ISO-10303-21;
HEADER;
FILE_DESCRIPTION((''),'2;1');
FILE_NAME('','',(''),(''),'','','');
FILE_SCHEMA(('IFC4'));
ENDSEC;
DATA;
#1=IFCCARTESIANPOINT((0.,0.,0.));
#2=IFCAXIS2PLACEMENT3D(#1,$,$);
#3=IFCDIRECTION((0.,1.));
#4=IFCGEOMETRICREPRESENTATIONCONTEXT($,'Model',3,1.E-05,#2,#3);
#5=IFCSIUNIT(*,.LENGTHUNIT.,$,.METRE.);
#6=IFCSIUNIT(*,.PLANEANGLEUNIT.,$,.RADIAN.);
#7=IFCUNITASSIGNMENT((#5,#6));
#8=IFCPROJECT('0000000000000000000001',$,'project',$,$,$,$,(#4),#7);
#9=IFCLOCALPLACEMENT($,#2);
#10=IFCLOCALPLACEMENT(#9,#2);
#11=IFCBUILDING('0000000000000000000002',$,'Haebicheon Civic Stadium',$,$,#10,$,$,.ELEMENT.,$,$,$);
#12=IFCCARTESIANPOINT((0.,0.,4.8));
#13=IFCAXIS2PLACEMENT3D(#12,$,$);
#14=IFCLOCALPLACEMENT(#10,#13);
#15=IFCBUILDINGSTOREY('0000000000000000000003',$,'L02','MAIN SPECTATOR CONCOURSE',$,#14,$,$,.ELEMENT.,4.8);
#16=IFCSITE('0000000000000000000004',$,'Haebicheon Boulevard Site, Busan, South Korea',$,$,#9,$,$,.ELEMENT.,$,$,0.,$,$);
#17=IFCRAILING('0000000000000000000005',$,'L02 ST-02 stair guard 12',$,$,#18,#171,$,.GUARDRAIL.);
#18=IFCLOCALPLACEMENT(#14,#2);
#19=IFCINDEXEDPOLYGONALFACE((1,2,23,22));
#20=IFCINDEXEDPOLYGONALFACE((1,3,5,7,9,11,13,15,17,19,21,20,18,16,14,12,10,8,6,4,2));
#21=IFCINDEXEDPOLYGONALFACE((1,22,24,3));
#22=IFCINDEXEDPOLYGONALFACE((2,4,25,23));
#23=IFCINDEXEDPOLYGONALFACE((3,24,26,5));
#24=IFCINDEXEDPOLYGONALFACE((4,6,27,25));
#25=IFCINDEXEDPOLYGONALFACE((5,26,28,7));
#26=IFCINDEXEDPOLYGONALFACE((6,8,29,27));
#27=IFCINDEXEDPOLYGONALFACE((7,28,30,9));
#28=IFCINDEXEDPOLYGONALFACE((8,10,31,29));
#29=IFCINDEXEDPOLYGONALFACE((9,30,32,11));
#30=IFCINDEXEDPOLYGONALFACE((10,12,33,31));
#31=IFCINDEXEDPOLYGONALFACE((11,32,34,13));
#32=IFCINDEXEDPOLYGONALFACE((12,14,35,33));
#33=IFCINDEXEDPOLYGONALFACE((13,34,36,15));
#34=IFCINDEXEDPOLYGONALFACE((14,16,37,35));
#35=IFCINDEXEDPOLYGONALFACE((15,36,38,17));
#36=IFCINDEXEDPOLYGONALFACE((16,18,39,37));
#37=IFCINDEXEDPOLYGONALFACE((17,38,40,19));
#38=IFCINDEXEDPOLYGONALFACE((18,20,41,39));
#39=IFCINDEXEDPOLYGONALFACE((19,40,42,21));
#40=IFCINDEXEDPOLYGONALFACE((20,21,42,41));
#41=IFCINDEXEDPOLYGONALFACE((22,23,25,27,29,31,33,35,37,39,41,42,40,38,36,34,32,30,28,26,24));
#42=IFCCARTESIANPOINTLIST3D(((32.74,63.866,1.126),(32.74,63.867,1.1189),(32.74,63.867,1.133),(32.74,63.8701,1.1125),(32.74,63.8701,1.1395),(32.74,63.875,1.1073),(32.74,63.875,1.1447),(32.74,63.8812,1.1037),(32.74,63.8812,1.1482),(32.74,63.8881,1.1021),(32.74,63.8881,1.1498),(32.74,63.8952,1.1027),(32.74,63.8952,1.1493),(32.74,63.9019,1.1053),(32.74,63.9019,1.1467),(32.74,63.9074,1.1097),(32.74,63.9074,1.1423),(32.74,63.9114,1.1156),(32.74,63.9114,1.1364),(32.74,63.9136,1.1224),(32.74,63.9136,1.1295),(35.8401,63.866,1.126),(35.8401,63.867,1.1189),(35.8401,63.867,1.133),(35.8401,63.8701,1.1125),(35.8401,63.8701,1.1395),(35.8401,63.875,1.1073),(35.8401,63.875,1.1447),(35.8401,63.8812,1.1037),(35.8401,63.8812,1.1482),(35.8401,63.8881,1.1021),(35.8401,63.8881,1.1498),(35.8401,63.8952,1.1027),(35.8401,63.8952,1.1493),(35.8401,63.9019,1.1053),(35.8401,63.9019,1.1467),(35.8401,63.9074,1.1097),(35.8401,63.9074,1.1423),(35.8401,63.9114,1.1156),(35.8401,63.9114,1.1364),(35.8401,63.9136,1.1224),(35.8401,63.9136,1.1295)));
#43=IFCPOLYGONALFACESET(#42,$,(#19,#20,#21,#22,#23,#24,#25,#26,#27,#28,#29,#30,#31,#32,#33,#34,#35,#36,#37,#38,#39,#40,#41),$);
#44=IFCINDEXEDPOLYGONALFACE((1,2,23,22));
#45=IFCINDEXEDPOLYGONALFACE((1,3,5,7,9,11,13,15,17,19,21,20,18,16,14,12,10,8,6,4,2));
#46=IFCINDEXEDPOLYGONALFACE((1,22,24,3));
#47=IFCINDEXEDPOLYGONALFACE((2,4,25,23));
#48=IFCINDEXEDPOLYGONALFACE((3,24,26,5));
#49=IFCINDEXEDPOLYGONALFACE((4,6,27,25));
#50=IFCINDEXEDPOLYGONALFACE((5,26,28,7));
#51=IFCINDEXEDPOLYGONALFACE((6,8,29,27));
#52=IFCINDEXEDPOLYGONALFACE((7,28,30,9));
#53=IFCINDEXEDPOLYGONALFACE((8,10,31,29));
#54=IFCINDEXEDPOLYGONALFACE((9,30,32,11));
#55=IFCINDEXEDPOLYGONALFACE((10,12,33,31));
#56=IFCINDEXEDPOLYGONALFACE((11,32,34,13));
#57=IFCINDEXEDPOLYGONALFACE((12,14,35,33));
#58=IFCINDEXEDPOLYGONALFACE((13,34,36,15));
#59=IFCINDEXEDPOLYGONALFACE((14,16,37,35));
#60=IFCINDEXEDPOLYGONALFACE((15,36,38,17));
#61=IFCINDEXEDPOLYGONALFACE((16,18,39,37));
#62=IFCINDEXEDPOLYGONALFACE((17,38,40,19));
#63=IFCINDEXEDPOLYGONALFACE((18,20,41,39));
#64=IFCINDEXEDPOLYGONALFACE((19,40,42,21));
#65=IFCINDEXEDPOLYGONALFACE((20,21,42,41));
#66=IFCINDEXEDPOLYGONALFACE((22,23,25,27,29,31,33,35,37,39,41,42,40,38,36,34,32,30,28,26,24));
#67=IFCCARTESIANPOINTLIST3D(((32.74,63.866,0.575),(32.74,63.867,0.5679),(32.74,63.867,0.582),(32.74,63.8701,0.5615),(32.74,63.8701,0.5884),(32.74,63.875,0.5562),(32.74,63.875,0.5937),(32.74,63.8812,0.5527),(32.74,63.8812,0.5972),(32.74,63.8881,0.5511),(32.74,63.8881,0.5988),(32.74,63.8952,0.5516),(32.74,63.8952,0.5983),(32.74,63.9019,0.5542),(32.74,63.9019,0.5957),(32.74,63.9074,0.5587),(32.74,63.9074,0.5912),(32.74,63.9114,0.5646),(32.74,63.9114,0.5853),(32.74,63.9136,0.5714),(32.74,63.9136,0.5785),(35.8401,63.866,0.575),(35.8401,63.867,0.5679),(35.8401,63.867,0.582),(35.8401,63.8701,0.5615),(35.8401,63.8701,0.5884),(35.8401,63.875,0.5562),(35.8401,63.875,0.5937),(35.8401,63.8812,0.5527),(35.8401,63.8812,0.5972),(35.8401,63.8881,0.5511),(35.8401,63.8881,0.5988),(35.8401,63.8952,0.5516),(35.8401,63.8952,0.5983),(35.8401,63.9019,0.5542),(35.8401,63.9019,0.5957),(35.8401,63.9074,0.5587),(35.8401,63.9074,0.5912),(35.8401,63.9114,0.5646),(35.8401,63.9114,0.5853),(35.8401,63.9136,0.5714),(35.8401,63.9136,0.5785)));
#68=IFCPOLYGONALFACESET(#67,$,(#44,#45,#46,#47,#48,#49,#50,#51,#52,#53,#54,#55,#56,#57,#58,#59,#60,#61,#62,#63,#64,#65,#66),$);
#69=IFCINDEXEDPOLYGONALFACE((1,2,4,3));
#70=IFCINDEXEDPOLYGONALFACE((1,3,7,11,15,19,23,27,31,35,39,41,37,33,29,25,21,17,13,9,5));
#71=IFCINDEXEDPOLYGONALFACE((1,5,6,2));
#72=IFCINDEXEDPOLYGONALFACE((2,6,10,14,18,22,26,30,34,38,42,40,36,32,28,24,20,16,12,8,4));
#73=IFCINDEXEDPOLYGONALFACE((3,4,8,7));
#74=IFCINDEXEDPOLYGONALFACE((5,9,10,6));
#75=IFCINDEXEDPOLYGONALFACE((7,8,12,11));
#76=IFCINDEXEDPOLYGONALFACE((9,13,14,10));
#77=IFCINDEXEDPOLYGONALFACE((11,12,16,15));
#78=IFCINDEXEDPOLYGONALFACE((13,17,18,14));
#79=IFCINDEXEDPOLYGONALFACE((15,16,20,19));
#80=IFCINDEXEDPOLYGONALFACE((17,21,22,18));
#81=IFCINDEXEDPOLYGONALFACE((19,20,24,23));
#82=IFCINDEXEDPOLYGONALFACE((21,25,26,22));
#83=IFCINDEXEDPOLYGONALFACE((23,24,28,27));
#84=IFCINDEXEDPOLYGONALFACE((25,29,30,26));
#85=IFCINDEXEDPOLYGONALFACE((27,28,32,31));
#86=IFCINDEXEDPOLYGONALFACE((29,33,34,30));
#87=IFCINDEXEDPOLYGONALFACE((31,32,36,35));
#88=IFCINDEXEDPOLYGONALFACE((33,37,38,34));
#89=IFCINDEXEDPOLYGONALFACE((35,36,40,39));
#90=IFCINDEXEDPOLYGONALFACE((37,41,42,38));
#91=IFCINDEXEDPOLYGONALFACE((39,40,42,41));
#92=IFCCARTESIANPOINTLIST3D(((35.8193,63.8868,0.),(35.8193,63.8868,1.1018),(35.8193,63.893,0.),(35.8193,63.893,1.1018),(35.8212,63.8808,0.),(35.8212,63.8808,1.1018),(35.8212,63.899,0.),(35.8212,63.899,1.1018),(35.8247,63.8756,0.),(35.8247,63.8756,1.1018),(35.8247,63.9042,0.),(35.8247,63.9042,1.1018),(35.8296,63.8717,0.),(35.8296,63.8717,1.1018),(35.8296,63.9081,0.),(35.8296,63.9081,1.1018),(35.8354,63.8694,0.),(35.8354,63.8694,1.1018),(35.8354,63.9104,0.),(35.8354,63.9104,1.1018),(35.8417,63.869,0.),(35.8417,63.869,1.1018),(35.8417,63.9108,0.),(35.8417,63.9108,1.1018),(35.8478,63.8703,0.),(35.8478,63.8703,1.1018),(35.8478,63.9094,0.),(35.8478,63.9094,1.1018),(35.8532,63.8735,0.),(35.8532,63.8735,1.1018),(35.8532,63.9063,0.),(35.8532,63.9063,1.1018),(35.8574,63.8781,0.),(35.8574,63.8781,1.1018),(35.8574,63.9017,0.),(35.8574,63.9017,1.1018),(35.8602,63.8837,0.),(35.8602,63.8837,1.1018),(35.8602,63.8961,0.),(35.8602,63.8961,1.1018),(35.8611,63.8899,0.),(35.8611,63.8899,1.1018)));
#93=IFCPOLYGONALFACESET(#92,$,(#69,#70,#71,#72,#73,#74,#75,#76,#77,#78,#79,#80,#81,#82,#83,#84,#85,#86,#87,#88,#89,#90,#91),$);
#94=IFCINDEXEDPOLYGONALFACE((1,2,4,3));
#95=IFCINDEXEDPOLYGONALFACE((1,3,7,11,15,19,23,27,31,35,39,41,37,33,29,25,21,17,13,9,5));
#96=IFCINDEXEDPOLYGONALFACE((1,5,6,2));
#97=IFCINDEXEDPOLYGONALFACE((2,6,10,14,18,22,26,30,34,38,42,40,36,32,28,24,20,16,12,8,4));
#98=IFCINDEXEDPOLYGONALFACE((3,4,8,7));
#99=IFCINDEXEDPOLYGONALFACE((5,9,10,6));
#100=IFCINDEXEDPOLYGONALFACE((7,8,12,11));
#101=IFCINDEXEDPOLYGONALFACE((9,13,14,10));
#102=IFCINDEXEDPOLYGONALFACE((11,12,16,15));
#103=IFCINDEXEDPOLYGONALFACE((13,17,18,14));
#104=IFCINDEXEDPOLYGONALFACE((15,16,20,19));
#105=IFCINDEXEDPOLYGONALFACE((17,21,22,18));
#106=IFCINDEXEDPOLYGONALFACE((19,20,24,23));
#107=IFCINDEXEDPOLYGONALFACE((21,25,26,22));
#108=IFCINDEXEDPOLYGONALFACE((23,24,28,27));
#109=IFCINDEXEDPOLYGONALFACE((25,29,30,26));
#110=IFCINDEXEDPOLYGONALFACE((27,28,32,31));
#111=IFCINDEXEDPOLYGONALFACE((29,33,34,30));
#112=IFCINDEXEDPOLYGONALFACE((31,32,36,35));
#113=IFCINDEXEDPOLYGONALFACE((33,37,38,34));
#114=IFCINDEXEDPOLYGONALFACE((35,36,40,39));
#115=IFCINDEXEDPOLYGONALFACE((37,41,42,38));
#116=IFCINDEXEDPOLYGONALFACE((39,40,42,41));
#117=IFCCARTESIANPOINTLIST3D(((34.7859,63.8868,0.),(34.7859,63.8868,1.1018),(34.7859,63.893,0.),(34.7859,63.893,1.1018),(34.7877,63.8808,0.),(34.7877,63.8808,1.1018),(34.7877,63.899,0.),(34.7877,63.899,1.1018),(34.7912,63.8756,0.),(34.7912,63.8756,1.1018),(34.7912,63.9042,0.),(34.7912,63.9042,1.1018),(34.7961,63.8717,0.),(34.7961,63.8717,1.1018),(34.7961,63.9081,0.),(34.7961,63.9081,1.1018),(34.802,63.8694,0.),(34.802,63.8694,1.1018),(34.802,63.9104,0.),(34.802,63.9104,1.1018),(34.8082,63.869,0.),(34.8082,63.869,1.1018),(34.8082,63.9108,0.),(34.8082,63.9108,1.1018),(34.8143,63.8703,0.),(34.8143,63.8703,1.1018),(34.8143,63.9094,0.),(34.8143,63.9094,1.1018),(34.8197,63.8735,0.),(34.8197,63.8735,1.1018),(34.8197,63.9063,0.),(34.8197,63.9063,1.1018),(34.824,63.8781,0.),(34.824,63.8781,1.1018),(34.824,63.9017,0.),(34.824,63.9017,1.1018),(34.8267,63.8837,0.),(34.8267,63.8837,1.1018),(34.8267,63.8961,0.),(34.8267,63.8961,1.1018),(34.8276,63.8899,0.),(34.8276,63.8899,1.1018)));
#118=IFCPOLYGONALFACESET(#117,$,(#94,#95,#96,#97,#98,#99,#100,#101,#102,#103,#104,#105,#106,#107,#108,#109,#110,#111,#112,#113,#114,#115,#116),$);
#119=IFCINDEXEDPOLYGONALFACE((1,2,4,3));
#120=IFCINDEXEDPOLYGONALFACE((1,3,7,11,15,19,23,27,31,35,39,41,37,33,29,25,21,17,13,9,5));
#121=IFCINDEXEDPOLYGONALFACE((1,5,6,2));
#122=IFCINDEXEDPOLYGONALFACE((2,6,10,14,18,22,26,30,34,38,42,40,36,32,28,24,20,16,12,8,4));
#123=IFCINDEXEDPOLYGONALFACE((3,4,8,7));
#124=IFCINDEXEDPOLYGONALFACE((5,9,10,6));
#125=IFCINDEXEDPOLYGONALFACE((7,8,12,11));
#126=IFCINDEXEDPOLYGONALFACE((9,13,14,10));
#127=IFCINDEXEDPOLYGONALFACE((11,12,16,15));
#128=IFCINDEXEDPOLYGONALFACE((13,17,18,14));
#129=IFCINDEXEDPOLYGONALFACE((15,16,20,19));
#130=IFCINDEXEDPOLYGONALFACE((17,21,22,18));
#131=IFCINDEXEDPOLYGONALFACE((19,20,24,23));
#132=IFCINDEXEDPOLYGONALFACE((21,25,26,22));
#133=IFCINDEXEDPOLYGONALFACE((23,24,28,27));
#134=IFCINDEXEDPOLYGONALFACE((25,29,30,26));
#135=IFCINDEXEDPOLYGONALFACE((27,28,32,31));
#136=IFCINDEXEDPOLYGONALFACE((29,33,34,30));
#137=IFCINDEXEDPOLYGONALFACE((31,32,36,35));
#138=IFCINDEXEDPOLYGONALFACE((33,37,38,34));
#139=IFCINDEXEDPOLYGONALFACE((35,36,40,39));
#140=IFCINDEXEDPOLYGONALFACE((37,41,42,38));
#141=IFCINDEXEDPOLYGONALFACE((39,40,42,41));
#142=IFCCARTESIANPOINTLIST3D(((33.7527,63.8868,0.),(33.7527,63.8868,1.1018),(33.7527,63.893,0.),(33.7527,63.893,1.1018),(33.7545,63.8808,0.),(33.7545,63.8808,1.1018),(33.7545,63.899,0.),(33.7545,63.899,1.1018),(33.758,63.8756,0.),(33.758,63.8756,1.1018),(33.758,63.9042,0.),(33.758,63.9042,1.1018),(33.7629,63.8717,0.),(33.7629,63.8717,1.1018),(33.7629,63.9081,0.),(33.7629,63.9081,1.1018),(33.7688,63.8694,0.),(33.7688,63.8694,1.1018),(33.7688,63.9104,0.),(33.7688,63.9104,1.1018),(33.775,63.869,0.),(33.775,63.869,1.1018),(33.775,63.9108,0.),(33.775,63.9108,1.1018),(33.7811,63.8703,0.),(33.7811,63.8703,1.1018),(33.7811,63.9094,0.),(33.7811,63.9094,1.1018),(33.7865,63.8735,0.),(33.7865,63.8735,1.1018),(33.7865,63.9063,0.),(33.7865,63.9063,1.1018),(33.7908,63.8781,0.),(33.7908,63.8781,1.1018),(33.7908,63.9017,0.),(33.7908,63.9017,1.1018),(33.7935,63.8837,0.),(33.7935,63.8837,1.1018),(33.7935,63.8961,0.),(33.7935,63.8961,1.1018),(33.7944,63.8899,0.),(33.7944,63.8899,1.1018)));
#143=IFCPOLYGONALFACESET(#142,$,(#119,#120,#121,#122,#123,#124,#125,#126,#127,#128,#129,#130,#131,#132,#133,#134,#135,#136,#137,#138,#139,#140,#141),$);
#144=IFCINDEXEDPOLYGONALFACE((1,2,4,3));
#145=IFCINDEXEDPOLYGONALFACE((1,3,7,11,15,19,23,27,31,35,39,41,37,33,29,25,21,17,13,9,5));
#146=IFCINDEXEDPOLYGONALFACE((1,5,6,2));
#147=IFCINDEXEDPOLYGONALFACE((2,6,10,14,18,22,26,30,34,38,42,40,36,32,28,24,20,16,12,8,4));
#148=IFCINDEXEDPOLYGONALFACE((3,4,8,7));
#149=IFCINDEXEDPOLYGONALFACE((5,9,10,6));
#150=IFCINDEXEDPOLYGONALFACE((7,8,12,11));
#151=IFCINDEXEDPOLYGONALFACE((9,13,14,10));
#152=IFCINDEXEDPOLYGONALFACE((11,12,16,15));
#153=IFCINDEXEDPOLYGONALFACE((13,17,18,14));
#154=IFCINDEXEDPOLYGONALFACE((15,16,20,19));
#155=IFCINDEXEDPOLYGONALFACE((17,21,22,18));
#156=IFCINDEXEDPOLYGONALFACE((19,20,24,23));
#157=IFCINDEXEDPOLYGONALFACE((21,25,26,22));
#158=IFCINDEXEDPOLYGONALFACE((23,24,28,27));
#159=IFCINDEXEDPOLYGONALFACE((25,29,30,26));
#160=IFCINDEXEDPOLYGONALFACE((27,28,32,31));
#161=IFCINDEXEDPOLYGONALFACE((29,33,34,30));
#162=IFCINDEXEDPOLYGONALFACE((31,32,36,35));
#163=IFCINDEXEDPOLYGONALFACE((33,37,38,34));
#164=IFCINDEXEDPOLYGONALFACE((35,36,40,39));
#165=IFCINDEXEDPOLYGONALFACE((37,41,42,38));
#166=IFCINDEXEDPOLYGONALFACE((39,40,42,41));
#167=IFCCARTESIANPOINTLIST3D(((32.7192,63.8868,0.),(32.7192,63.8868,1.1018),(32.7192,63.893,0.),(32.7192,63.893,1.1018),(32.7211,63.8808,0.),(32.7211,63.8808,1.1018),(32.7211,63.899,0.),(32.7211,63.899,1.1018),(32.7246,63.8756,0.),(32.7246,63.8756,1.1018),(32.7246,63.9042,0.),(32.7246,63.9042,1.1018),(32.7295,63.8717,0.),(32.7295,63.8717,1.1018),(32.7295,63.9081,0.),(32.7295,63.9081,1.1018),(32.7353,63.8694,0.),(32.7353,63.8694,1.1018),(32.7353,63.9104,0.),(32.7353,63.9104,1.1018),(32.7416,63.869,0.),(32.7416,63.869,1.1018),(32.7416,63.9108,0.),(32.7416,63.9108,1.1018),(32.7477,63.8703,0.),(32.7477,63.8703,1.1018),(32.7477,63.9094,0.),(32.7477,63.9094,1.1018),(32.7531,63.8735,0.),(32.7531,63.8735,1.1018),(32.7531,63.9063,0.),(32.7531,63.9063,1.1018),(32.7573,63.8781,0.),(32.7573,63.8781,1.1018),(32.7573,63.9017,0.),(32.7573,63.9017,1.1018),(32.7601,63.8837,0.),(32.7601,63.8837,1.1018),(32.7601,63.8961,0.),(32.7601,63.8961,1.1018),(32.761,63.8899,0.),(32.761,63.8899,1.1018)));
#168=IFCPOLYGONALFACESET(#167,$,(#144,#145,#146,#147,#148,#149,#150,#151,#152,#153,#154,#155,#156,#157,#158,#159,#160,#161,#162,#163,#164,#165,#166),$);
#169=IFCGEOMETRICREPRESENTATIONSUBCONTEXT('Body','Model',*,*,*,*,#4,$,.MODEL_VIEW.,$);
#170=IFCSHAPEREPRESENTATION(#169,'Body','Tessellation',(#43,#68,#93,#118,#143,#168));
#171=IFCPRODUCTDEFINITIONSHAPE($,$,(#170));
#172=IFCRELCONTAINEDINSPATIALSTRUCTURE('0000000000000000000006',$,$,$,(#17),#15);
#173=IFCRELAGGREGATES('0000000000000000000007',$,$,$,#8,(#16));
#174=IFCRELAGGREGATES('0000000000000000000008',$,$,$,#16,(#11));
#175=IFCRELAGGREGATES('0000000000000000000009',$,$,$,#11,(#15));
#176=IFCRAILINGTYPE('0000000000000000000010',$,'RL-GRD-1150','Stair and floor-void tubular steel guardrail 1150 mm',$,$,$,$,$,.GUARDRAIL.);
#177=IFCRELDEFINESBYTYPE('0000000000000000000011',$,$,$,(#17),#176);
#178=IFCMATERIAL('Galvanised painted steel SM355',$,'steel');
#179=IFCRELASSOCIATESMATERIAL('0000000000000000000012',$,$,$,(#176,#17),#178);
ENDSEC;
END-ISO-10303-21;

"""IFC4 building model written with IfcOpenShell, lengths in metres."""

from ifc_helpers import new_model, si_unit, direction, frame, origin, origin_2d, place, context, subcontext, project, spatial, circle, extrude, material, type_object, element, save


model = new_model("IFC4")

# Units and contexts
model_context = context("Model", 3, precision=1e-05, world=origin(), true_north=direction((0.0, 1.0)))
body_context = subcontext(model_context, "Body", "Model", "MODEL_VIEW")
ifc_project = project(units=[si_unit("LENGTHUNIT", "METRE"), si_unit("PLANEANGLEUNIT", "RADIAN")], contexts=[model_context])

# Site, building, storey
site_placement = place(None, origin())
site = spatial("IfcSite", under=ifc_project, at=site_placement, Name="Haebicheon Boulevard Site, Busan, South Korea", CompositionType="ELEMENT", RefElevation=0.0)
building_placement = place(site_placement, origin())
building = spatial("IfcBuilding", under=site, at=building_placement, Name="Haebicheon Civic Stadium", CompositionType="ELEMENT")
storey_placement = place(building_placement, frame((0.0, 0.0, 4.8)))
storey = spatial("IfcBuildingStorey", under=building, at=storey_placement, Name="L02", Description="MAIN SPECTATOR CONCOURSE", CompositionType="ELEMENT", Elevation=4.8)

# Railing
ifc_material_1 = material(Name="Galvanised painted steel SM355", Category="steel")
railing_type_1 = type_object("IfcRailingType", Name="RL-GRD-1150", Description="Stair and floor-void tubular steel guardrail 1150 mm", PredefinedType="GUARDRAIL", material=ifc_material_1)
railing_1_placement = place(storey_placement, frame((35.8401, 63.8899, 0.0)))
element("IfcRailing", 1, at=railing_1_placement, inside=storey, type_object=railing_type_1, material=ifc_material_1, Name="L02 ST-02 stair guard 12", PredefinedType="GUARDRAIL", context=body_context, shape_type="SweptSolid", body=[
    extrude(circle(Radius=0.0239, at=origin_2d()), frame((0.0, 0.0, 1.126), z_axis=(-1.0, 0.0, 0.0), x_axis=(0.0, -1.0, 0.0)), (0.0, 0.0, 1.0), 3.1001),
    extrude(circle(Radius=0.0239, at=origin_2d()), frame((0.0, 0.0, 0.575), z_axis=(-1.0, 0.0, 0.0), x_axis=(0.0, -1.0, 0.0)), (0.0, 0.0, 1.0), 3.1001),
    extrude(circle(Radius=0.021, at=origin_2d()), origin(), (0.0, 0.0, 1.0), 1.1018),
    extrude(circle(Radius=0.021, at=origin_2d()), frame((-1.0334, 0.0, 0.0)), (0.0, 0.0, 1.0), 1.1018),
    extrude(circle(Radius=0.021, at=origin_2d()), frame((-2.0667, 0.0, 0.0)), (0.0, 0.0, 1.0), 1.1018),
    extrude(circle(Radius=0.021, at=origin_2d()), frame((-3.1001, 0.0, 0.0)), (0.0, 0.0, 1.0), 1.1018),
])

save(model, "model.ifc")
